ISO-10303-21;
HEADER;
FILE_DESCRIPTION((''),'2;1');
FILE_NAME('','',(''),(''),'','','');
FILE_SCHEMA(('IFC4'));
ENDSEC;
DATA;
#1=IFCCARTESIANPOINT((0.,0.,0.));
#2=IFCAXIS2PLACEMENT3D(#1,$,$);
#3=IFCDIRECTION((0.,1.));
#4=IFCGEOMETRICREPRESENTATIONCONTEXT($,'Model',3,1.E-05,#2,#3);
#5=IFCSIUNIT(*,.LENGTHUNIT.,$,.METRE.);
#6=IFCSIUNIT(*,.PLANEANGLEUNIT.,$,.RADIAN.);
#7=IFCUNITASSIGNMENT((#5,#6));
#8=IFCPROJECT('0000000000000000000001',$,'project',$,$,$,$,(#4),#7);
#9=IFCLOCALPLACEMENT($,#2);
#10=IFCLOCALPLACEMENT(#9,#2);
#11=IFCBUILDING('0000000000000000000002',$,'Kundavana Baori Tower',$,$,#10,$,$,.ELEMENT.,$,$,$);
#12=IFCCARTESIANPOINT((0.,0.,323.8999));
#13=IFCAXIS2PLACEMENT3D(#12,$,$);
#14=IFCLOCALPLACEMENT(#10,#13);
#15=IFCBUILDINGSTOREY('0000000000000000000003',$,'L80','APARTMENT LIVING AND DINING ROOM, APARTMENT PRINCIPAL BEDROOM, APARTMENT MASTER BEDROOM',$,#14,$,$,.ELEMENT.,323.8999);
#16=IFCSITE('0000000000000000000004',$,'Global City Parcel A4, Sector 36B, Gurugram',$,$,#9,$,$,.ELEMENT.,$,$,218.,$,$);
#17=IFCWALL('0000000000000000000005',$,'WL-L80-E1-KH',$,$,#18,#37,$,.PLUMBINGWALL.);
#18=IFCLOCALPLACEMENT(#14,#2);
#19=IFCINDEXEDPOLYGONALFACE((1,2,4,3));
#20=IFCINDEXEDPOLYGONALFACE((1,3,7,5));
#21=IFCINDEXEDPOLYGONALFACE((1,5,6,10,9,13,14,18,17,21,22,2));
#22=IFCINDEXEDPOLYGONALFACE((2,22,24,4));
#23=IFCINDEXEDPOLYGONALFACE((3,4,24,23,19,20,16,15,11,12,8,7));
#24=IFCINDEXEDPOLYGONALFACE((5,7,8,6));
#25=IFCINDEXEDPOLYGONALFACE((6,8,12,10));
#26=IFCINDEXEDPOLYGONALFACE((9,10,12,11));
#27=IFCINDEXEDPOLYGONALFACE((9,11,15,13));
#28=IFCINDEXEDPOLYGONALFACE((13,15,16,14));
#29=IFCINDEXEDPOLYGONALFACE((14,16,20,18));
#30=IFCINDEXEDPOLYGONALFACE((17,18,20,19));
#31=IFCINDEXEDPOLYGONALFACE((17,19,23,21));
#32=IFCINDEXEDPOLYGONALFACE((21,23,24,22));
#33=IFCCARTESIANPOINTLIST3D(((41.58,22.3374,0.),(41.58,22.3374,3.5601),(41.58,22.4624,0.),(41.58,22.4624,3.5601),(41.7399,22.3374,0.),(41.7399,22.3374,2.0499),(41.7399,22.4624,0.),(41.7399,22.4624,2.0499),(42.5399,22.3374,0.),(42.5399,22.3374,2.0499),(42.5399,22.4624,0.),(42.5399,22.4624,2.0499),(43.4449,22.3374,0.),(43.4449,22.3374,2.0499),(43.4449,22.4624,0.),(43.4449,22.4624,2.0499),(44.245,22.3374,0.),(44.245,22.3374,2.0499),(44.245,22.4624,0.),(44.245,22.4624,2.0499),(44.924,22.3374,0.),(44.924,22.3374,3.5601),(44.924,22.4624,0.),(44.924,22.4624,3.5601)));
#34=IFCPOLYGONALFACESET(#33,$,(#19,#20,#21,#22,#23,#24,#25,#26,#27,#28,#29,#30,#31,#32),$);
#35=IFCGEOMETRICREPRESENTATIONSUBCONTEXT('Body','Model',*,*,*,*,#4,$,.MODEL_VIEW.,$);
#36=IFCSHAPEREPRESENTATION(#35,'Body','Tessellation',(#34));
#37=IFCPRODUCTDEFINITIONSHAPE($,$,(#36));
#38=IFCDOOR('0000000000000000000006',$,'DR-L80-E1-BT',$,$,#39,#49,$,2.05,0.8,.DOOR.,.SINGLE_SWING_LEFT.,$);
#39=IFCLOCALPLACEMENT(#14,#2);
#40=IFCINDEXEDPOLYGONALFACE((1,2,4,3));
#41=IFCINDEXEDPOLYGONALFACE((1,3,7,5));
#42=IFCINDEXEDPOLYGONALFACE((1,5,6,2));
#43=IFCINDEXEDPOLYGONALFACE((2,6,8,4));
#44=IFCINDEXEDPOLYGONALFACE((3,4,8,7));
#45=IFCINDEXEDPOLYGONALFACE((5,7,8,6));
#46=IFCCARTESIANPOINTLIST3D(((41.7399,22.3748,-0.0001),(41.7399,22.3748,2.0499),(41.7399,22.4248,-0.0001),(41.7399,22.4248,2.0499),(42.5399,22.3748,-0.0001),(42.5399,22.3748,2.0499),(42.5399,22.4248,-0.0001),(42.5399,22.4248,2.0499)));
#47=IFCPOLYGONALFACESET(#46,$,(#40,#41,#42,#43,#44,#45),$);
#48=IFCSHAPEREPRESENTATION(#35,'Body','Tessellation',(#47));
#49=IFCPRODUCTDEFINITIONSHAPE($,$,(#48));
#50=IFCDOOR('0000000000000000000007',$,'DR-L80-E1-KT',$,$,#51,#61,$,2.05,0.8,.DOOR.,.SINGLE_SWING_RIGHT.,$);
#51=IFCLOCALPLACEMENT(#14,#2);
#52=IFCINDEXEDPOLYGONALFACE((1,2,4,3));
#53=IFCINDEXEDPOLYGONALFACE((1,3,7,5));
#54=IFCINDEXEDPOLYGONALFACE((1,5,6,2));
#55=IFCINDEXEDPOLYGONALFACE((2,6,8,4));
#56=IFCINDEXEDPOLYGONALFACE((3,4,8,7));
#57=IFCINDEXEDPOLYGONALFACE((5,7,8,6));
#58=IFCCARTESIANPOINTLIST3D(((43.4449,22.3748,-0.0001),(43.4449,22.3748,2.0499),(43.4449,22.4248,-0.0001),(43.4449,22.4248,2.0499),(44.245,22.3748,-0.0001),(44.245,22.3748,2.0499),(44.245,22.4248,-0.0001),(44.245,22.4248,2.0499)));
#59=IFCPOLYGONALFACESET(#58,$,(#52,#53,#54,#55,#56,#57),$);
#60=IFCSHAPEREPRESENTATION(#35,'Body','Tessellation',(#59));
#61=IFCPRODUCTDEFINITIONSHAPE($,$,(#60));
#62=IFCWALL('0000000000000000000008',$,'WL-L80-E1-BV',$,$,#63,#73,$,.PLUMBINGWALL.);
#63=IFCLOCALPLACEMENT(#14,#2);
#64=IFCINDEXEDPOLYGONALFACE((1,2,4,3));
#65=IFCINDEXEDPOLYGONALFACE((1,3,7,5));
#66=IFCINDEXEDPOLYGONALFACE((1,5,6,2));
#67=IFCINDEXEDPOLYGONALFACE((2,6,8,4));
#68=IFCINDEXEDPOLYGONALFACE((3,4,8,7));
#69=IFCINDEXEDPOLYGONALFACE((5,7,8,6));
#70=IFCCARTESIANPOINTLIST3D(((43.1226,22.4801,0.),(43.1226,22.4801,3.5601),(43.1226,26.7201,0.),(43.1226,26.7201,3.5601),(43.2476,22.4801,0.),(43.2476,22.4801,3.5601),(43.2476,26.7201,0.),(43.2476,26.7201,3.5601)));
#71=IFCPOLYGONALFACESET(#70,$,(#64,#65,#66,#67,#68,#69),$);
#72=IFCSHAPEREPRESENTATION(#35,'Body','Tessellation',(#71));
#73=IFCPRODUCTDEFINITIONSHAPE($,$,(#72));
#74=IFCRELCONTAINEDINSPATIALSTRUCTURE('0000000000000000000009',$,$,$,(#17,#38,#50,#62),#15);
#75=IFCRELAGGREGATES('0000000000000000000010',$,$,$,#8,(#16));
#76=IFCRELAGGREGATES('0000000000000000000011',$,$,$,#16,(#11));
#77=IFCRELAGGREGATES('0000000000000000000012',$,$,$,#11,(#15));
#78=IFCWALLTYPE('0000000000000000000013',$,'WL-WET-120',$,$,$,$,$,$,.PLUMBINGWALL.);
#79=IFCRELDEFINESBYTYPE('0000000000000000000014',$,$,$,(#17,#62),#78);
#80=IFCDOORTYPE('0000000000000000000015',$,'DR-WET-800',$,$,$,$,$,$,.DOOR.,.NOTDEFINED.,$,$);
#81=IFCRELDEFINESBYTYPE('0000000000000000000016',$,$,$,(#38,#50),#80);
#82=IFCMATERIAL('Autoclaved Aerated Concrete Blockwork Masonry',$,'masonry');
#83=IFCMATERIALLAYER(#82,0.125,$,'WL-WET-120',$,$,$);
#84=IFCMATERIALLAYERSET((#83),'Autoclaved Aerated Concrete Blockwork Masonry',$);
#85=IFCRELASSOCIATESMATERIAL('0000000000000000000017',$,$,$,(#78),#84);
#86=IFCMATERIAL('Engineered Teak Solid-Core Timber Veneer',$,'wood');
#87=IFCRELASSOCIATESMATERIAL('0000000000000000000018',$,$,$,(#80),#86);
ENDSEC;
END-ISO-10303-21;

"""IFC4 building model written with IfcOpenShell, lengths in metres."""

from ifc_helpers import new_model, si_unit, direction, frame, frame_2d, origin, place, context, subcontext, project, spatial, rectangle, extrude, material, layer, layer_set, type_object, element, fill, save


model = new_model("IFC4")

# Units and contexts
model_context = context("Model", 3, precision=1e-05, world=origin(), true_north=direction((0.0, 1.0)))
body_context = subcontext(model_context, "Body", "Model", "MODEL_VIEW")
ifc_project = project(units=[si_unit("LENGTHUNIT", "METRE"), si_unit("PLANEANGLEUNIT", "RADIAN")], contexts=[model_context])

# Site, building, storey
site_placement = place(None, origin())
site = spatial("IfcSite", under=ifc_project, at=site_placement, Name="Global City Parcel A4, Sector 36B, Gurugram", CompositionType="ELEMENT", RefElevation=218.0)
building_placement = place(site_placement, origin())
building = spatial("IfcBuilding", under=site, at=building_placement, Name="Kundavana Baori Tower", CompositionType="ELEMENT")
storey_placement = place(building_placement, frame((0.0, 0.0, 323.8999)))
storey = spatial("IfcBuildingStorey", under=building, at=storey_placement, Name="L80", Description="APARTMENT LIVING AND DINING ROOM, APARTMENT PRINCIPAL BEDROOM, APARTMENT MASTER BEDROOM", CompositionType="ELEMENT", Elevation=323.8999)

# Shared definitions
ifc_material_1 = material(Name="Autoclaved Aerated Concrete Blockwork Masonry", Category="masonry")
ifc_layer_1 = layer(ifc_material_1, 0.125, Name="WL-WET-120")
ifc_layer_set_1 = layer_set([ifc_layer_1], Name="Autoclaved Aerated Concrete Blockwork Masonry")
wall_type_1 = type_object("IfcWallType", Name="WL-WET-120", PredefinedType="PLUMBINGWALL", material=ifc_layer_set_1)
ifc_material_2 = material(Name="Engineered Teak Solid-Core Timber Veneer", Category="wood")
door_type_1 = type_object("IfcDoorType", Name="DR-WET-800", OperationType="NOTDEFINED", PredefinedType="DOOR", material=ifc_material_2)

# Wall, openings, doors
wall_1_placement = place(storey_placement, frame((41.5801, 22.3999, 0.0), z_axis=(0.0, 0.0, 1.0), x_axis=(1.0, 0.0, 0.0)))
wall_1 = element("IfcWall", 1, at=wall_1_placement, inside=storey, type_object=wall_type_1, Name="WL-L80-E1-KH", PredefinedType="PLUMBINGWALL", context=body_context, shape_type="SweptSolid", body=[
    extrude(rectangle(XDim=3.344, YDim=0.125, at=frame_2d((1.6719, 0.0))), origin(), (0.0, 0.0, 1.0), 3.5601),
])
opening_1_placement = place(wall_1_placement, frame((0.1599, 0.0, 0.0)))
opening_1 = element("IfcOpeningElement", 2, at=opening_1_placement, cuts=wall_1, PredefinedType="OPENING", context=body_context, shape_type="SweptSolid", body=[
    extrude(rectangle(XDim=0.8, YDim=2.05, at=frame_2d((0.3999, 1.0249))), frame((0.0, 0.0725, 0.0), z_axis=(0.0, -1.0, 0.0), x_axis=(1.0, 0.0, 0.0)), (0.0, 0.0, 1.0), 0.145),
])
opening_2_placement = place(wall_1_placement, frame((1.865, 0.0, 0.0)))
opening_2 = element("IfcOpeningElement", 3, at=opening_2_placement, cuts=wall_1, PredefinedType="OPENING", context=body_context, shape_type="SweptSolid", body=[
    extrude(rectangle(XDim=0.8, YDim=2.05, at=frame_2d((0.3999, 1.0249))), frame((0.0, 0.0725, 0.0), z_axis=(0.0, -1.0, 0.0), x_axis=(1.0, 0.0, 0.0)), (0.0, 0.0, 1.0), 0.145),
])
door_1_placement = place(opening_1_placement, origin())
door_1 = element("IfcDoor", 4, at=door_1_placement, inside=storey, type_object=door_type_1, Name="DR-L80-E1-BT", OperationType="SINGLE_SWING_LEFT", OverallHeight=2.05, OverallWidth=0.8, PredefinedType="DOOR", context=body_context, shape_type="SweptSolid", body=[
    extrude(rectangle(XDim=0.8, YDim=2.05, at=frame_2d((0.3999, 1.0249))), frame((0.0, 0.0249, 0.0), z_axis=(0.0, -1.0, 0.0), x_axis=(1.0, 0.0, 0.0)), (0.0, 0.0, 1.0), 0.05),
])
fill(opening_1, door_1)
door_2_placement = place(opening_2_placement, origin())
door_2 = element("IfcDoor", 5, at=door_2_placement, inside=storey, type_object=door_type_1, Name="DR-L80-E1-KT", OperationType="SINGLE_SWING_RIGHT", OverallHeight=2.05, OverallWidth=0.8, PredefinedType="DOOR", context=body_context, shape_type="SweptSolid", body=[
    extrude(rectangle(XDim=0.8, YDim=2.05, at=frame_2d((0.3999, 1.0249))), frame((0.0, 0.0249, 0.0), z_axis=(0.0, -1.0, 0.0), x_axis=(1.0, 0.0, 0.0)), (0.0, 0.0, 1.0), 0.05),
])
fill(opening_2, door_2)

# Wall
wall_2_placement = place(storey_placement, frame((43.1851, 22.48, 0.0), z_axis=(0.0, 0.0, 1.0), x_axis=(0.0, 1.0, 0.0)))
element("IfcWall", 6, at=wall_2_placement, inside=storey, type_object=wall_type_1, Name="WL-L80-E1-BV", PredefinedType="PLUMBINGWALL", context=body_context, shape_type="SweptSolid", body=[
    extrude(rectangle(XDim=4.24, YDim=0.125, at=frame_2d((2.1201, 0.0))), origin(), (0.0, 0.0, 1.0), 3.5601),
])

save(model, "model.ifc")
